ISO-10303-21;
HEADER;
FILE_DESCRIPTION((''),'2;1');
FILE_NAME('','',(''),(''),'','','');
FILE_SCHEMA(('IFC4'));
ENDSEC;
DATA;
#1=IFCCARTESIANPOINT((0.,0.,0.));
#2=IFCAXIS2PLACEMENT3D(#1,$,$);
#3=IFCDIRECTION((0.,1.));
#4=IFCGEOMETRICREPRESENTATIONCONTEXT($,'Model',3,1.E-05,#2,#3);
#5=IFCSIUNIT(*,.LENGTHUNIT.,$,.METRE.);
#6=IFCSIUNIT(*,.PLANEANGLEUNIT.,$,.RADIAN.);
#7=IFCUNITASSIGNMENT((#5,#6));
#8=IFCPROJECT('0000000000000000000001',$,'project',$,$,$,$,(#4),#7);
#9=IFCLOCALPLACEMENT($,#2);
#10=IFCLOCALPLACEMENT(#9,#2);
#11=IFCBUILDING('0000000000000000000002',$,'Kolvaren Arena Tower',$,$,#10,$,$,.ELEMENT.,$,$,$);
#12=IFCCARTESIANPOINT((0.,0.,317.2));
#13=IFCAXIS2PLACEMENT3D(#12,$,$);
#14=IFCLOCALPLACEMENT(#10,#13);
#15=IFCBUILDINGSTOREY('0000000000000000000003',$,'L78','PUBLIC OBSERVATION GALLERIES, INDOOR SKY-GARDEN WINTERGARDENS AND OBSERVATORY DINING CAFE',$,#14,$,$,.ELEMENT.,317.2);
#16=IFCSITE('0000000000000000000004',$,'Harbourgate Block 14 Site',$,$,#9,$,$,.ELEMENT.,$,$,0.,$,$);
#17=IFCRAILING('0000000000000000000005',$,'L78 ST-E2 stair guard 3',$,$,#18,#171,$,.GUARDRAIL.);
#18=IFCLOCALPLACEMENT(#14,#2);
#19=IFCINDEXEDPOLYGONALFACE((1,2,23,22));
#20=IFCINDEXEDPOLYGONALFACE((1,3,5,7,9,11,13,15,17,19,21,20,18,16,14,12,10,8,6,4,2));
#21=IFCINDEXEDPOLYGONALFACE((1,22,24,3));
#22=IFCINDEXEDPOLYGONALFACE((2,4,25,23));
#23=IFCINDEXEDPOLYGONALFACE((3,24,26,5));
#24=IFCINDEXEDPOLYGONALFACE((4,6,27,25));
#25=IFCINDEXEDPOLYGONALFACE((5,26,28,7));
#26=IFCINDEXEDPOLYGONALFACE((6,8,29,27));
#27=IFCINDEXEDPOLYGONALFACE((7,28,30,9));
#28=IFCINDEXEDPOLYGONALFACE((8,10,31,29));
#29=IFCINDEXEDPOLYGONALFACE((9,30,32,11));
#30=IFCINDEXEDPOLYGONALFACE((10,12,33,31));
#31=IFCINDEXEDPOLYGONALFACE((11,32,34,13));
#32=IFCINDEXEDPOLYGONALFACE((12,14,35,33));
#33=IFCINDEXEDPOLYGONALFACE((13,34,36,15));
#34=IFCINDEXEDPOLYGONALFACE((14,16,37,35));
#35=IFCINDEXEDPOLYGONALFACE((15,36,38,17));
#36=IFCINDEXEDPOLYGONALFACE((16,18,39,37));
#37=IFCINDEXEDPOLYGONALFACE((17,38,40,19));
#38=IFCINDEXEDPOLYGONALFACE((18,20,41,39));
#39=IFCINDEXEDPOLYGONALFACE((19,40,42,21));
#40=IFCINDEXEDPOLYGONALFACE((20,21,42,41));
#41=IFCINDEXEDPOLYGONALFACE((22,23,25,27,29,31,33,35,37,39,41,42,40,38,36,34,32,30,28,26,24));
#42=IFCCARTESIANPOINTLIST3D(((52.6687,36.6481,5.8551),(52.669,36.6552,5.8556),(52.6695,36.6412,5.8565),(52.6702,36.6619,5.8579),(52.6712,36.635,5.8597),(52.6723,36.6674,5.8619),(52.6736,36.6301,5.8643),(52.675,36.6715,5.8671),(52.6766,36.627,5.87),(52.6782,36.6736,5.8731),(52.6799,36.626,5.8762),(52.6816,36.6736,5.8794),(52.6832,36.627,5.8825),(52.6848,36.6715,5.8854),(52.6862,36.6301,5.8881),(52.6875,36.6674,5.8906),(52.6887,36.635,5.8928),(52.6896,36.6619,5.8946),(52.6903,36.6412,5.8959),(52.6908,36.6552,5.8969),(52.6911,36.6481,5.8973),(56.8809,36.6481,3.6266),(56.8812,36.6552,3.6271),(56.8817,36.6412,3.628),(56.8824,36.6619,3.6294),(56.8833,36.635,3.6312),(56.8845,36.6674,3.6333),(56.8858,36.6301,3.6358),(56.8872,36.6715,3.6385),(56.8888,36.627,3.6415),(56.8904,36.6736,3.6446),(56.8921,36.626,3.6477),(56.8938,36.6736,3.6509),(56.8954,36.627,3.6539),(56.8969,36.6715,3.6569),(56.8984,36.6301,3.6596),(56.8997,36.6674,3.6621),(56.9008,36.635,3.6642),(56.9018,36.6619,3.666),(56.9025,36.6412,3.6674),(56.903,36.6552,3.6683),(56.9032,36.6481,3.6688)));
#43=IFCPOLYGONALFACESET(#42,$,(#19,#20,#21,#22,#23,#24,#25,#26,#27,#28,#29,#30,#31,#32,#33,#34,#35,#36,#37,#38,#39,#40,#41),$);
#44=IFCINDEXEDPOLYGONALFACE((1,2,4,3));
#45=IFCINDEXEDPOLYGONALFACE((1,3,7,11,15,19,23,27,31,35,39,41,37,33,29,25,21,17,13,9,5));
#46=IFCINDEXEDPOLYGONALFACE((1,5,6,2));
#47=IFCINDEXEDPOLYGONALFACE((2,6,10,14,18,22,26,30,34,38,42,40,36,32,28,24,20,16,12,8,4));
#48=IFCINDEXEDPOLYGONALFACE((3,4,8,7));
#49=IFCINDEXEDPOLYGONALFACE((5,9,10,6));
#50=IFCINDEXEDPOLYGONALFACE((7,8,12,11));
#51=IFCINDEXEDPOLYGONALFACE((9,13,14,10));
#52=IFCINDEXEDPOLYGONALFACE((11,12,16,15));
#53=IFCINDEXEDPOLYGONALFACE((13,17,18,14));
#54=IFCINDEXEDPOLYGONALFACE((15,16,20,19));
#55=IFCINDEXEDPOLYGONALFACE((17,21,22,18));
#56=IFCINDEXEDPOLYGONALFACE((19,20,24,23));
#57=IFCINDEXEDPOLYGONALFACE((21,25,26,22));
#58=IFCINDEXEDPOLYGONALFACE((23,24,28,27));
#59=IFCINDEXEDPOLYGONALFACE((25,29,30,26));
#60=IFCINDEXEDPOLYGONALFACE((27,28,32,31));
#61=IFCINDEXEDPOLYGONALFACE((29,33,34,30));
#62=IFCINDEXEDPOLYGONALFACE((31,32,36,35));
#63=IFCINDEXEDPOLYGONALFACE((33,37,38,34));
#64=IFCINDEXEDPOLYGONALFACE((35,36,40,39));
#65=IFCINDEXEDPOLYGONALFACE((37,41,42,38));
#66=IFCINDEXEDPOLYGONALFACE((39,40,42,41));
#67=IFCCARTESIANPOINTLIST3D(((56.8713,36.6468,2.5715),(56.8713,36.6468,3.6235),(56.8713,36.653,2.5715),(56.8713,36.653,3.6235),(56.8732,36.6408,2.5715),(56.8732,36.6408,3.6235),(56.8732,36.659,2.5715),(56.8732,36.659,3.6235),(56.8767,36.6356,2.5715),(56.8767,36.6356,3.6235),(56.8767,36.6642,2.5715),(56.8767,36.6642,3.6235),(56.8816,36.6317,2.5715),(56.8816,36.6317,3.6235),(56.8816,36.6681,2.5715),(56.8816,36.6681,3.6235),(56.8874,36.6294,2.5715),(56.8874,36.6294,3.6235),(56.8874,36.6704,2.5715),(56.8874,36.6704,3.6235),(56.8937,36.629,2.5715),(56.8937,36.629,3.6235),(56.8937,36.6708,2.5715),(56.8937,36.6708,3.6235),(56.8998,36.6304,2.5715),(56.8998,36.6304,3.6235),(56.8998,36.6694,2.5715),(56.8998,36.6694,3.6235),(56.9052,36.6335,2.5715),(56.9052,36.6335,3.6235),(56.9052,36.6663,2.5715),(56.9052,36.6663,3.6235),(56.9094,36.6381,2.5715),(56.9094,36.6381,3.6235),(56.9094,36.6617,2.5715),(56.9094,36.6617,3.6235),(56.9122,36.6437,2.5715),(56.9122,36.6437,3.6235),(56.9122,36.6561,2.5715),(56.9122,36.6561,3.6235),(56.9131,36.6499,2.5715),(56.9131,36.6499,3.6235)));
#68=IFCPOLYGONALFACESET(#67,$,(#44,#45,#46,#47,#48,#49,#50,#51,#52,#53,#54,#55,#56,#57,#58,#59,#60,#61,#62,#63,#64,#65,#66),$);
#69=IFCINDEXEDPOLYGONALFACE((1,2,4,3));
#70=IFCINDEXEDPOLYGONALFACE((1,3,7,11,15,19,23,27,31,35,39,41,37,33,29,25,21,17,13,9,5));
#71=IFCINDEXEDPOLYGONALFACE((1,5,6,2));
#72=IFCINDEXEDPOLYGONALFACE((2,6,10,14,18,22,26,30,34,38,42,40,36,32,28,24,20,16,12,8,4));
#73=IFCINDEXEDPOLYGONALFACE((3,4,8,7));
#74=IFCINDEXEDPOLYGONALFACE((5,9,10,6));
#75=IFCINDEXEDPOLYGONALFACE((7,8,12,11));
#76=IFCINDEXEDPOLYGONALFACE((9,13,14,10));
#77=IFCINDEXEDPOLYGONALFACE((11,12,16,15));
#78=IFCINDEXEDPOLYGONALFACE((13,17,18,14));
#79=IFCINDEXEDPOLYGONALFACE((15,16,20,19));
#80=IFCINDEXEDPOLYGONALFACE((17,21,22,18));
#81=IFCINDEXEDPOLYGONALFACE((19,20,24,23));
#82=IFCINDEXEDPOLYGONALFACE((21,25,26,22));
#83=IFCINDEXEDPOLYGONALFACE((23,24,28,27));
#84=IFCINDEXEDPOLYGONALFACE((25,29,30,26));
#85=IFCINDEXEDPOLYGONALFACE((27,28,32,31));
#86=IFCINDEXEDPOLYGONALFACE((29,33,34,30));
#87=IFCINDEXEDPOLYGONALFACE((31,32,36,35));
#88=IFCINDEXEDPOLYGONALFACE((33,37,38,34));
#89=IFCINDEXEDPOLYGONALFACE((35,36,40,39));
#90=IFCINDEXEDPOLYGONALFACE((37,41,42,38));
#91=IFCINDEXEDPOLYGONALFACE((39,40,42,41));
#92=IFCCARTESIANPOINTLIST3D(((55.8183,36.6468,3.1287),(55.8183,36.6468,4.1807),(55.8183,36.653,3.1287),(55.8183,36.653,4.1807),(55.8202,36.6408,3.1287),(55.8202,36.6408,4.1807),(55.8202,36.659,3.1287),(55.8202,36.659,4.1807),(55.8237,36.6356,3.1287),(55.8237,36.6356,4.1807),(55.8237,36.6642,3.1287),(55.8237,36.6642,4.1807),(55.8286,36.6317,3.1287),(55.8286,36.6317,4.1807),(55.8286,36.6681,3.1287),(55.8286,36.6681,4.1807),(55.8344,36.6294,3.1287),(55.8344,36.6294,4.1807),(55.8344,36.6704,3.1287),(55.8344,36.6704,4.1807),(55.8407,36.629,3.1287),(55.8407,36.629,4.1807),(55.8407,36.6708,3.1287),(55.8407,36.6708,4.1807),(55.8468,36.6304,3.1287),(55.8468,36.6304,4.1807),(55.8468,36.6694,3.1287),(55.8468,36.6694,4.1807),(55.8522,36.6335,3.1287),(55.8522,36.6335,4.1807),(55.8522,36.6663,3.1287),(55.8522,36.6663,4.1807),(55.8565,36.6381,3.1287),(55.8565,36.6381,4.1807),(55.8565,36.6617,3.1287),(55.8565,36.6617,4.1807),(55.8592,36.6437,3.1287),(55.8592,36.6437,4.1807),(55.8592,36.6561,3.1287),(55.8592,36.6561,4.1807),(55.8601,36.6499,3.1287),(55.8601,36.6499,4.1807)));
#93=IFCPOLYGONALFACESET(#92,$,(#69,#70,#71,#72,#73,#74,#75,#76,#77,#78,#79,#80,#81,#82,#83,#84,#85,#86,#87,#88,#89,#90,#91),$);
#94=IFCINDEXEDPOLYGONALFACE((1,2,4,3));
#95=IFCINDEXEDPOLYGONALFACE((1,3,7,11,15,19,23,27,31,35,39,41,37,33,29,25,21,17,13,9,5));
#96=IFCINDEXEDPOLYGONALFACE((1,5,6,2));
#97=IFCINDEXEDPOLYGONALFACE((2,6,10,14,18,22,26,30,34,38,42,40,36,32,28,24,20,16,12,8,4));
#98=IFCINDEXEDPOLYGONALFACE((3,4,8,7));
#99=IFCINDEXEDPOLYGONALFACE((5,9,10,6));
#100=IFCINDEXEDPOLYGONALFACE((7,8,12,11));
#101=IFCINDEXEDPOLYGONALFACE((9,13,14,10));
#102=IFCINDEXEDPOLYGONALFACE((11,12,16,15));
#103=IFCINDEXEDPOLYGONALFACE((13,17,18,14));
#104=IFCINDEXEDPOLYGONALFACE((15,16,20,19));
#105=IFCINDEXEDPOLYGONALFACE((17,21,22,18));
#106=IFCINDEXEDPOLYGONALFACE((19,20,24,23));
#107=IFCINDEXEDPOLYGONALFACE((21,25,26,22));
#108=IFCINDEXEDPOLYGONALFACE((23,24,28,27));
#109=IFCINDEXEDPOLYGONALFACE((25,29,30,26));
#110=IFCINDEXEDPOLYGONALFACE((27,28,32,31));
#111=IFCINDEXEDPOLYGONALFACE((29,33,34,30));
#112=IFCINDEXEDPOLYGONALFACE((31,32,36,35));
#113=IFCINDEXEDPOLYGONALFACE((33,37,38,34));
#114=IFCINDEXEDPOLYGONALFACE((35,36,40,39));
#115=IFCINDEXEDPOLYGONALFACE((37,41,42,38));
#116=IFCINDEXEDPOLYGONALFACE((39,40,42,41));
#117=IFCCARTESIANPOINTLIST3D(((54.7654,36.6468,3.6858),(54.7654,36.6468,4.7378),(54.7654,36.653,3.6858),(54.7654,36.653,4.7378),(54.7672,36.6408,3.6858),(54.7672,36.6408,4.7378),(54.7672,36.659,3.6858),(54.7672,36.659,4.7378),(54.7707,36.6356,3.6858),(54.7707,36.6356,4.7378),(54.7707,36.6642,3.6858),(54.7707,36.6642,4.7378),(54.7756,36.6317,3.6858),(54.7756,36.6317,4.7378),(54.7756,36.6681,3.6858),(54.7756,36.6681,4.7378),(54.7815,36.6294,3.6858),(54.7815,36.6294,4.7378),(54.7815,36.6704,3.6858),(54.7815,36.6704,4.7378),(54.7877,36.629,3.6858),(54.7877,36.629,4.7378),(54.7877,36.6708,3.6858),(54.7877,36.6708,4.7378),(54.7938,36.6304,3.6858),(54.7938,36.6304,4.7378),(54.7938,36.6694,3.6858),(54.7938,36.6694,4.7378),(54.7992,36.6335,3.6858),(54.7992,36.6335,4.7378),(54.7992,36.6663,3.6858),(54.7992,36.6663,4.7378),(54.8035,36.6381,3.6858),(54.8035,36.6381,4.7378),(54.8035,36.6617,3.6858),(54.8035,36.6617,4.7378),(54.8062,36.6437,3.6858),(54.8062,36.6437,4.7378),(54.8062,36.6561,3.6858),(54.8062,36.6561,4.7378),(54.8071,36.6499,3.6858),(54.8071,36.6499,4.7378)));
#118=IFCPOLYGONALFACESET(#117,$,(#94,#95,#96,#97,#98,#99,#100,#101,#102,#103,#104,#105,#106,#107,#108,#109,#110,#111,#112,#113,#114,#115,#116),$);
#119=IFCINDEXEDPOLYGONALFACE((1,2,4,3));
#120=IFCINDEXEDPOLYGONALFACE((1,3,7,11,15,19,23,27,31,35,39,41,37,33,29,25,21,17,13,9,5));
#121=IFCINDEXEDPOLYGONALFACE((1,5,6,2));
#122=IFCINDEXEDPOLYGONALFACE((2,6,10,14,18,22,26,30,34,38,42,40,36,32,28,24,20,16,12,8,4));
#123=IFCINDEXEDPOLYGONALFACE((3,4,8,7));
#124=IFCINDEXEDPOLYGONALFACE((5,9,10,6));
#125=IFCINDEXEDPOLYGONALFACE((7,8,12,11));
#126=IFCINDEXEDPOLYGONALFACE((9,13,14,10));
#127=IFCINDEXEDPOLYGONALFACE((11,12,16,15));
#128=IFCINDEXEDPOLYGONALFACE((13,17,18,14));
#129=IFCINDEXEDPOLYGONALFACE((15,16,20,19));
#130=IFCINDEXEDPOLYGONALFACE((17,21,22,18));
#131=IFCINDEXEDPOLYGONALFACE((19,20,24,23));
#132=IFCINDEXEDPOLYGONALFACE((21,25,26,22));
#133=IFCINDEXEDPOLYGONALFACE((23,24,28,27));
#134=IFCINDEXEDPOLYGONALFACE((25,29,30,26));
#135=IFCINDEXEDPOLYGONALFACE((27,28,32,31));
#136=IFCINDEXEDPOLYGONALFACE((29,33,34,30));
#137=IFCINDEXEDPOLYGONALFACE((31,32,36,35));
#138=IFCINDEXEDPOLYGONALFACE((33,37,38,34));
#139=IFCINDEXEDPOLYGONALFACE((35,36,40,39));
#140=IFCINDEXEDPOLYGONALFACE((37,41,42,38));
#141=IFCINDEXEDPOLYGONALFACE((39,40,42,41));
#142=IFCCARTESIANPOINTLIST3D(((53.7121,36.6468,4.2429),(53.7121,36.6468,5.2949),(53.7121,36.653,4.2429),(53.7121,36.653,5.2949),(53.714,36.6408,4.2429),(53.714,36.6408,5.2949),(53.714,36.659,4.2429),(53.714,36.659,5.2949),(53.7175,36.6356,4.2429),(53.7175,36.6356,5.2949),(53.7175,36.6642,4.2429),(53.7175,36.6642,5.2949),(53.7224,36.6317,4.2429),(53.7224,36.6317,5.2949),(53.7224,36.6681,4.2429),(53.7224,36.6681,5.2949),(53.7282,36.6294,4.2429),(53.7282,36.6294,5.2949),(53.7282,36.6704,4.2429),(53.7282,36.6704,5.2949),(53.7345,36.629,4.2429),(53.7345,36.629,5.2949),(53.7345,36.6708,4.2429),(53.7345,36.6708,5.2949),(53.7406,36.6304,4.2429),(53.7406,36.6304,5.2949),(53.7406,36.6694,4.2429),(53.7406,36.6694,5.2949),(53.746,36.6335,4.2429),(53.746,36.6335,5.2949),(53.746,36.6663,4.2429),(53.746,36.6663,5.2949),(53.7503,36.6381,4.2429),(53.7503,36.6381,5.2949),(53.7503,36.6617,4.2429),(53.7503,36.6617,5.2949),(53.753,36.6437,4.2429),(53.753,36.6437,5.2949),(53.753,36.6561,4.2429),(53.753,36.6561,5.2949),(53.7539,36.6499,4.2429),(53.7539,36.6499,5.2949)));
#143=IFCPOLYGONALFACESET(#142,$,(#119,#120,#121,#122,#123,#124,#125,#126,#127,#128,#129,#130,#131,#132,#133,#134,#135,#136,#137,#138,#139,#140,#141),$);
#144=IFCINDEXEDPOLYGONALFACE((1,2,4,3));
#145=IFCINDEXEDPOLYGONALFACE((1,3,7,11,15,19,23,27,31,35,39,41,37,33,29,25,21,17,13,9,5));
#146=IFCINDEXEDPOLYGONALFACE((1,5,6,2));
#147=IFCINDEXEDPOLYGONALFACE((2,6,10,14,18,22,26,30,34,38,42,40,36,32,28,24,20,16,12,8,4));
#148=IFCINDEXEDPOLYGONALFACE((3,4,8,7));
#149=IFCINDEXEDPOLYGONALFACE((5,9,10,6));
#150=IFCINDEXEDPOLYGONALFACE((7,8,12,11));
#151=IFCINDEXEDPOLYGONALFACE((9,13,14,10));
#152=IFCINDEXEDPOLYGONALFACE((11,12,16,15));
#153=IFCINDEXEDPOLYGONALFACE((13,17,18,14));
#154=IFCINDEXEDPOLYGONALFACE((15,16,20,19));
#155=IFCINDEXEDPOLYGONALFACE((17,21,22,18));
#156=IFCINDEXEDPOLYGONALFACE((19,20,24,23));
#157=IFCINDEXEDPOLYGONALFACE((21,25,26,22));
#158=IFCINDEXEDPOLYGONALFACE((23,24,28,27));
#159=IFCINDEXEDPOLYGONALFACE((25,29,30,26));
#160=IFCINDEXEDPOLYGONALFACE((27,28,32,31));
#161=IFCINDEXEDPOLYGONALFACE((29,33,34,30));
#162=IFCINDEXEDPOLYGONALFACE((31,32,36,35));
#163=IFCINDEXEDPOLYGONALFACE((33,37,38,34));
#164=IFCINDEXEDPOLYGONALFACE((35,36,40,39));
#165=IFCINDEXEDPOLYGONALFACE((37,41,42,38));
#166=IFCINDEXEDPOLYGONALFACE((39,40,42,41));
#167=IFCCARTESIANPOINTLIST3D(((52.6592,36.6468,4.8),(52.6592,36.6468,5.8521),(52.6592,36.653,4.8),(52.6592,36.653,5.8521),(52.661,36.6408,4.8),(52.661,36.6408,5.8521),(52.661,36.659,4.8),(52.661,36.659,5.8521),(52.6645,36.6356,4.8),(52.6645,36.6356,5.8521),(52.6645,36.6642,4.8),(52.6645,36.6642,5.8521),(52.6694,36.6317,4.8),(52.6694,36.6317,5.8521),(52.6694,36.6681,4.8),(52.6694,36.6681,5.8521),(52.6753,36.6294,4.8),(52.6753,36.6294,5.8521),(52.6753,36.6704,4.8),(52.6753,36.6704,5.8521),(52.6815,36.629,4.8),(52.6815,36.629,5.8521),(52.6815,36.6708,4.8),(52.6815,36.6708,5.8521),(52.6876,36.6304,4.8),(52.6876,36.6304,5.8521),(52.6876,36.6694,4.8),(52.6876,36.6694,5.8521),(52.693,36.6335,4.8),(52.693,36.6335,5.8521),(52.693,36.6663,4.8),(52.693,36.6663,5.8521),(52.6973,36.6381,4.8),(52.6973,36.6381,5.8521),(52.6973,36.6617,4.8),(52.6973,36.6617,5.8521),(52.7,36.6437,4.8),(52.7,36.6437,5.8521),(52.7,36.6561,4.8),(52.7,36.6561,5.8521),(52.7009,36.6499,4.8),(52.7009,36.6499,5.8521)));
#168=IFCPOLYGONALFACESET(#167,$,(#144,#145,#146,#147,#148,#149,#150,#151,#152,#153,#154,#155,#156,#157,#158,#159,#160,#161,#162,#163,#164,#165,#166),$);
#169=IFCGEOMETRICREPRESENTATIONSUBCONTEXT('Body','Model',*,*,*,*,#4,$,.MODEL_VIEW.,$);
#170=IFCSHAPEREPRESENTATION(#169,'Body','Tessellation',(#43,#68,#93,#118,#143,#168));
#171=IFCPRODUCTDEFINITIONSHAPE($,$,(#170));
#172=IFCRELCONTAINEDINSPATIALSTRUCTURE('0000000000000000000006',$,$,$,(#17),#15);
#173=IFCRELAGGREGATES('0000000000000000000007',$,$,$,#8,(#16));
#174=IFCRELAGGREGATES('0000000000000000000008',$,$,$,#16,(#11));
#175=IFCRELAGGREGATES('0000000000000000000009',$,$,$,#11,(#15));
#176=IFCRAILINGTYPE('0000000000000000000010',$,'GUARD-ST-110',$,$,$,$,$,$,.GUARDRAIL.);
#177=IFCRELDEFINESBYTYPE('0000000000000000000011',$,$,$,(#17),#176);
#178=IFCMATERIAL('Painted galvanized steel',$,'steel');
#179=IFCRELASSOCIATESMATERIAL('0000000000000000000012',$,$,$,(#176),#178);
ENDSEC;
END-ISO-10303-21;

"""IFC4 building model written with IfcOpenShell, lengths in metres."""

from ifc_helpers import new_model, si_unit, direction, frame, origin, origin_2d, place, context, subcontext, project, spatial, circle, extrude, material, type_object, element, save


model = new_model("IFC4")

# Units and contexts
model_context = context("Model", 3, precision=1e-05, world=origin(), true_north=direction((0.0, 1.0)))
body_context = subcontext(model_context, "Body", "Model", "MODEL_VIEW")
ifc_project = project(units=[si_unit("LENGTHUNIT", "METRE"), si_unit("PLANEANGLEUNIT", "RADIAN")], contexts=[model_context])

# Site, building, storey
site_placement = place(None, origin())
site = spatial("IfcSite", under=ifc_project, at=site_placement, Name="Harbourgate Block 14 Site", CompositionType="ELEMENT", RefElevation=0.0)
building_placement = place(site_placement, origin())
building = spatial("IfcBuilding", under=site, at=building_placement, Name="Kolvaren Arena Tower", CompositionType="ELEMENT")
storey_placement = place(building_placement, frame((0.0, 0.0, 317.2)))
storey = spatial("IfcBuildingStorey", under=building, at=storey_placement, Name="L78", Description="PUBLIC OBSERVATION GALLERIES, INDOOR SKY-GARDEN WINTERGARDENS AND OBSERVATORY DINING CAFE", CompositionType="ELEMENT", Elevation=317.2)

# Railing
ifc_material_1 = material(Name="Painted galvanized steel", Category="steel")
railing_type_1 = type_object("IfcRailingType", Name="GUARD-ST-110", PredefinedType="GUARDRAIL", material=ifc_material_1)
railing_1_placement = place(storey_placement, frame((56.8921, 36.6499, 2.5715)))
element("IfcRailing", 1, at=railing_1_placement, inside=storey, type_object=railing_type_1, Name="L78 ST-E2 stair guard 3", PredefinedType="GUARDRAIL", context=body_context, shape_type="SweptSolid", body=[
    extrude(circle(Radius=0.0239, at=origin_2d()), frame((0.0, 0.0, 1.0762), z_axis=(-0.883914, 0.0, 0.46765), x_axis=(0.0, -1.0, 0.0)), (0.0, 0.0, 1.0), 4.7654),
    extrude(circle(Radius=0.021, at=origin_2d()), origin(), (0.0, 0.0, 1.0), 1.052),
    extrude(circle(Radius=0.021, at=origin_2d()), frame((-1.053, 0.0, 0.5571)), (0.0, 0.0, 1.0), 1.052),
    extrude(circle(Radius=0.021, at=origin_2d()), frame((-2.106, 0.0, 1.1143)), (0.0, 0.0, 1.0), 1.052),
    extrude(circle(Radius=0.021, at=origin_2d()), frame((-3.1592, 0.0, 1.6714)), (0.0, 0.0, 1.0), 1.052),
    extrude(circle(Radius=0.021, at=origin_2d()), frame((-4.2122, 0.0, 2.2285)), (0.0, 0.0, 1.0), 1.052),
])

save(model, "model.ifc")
